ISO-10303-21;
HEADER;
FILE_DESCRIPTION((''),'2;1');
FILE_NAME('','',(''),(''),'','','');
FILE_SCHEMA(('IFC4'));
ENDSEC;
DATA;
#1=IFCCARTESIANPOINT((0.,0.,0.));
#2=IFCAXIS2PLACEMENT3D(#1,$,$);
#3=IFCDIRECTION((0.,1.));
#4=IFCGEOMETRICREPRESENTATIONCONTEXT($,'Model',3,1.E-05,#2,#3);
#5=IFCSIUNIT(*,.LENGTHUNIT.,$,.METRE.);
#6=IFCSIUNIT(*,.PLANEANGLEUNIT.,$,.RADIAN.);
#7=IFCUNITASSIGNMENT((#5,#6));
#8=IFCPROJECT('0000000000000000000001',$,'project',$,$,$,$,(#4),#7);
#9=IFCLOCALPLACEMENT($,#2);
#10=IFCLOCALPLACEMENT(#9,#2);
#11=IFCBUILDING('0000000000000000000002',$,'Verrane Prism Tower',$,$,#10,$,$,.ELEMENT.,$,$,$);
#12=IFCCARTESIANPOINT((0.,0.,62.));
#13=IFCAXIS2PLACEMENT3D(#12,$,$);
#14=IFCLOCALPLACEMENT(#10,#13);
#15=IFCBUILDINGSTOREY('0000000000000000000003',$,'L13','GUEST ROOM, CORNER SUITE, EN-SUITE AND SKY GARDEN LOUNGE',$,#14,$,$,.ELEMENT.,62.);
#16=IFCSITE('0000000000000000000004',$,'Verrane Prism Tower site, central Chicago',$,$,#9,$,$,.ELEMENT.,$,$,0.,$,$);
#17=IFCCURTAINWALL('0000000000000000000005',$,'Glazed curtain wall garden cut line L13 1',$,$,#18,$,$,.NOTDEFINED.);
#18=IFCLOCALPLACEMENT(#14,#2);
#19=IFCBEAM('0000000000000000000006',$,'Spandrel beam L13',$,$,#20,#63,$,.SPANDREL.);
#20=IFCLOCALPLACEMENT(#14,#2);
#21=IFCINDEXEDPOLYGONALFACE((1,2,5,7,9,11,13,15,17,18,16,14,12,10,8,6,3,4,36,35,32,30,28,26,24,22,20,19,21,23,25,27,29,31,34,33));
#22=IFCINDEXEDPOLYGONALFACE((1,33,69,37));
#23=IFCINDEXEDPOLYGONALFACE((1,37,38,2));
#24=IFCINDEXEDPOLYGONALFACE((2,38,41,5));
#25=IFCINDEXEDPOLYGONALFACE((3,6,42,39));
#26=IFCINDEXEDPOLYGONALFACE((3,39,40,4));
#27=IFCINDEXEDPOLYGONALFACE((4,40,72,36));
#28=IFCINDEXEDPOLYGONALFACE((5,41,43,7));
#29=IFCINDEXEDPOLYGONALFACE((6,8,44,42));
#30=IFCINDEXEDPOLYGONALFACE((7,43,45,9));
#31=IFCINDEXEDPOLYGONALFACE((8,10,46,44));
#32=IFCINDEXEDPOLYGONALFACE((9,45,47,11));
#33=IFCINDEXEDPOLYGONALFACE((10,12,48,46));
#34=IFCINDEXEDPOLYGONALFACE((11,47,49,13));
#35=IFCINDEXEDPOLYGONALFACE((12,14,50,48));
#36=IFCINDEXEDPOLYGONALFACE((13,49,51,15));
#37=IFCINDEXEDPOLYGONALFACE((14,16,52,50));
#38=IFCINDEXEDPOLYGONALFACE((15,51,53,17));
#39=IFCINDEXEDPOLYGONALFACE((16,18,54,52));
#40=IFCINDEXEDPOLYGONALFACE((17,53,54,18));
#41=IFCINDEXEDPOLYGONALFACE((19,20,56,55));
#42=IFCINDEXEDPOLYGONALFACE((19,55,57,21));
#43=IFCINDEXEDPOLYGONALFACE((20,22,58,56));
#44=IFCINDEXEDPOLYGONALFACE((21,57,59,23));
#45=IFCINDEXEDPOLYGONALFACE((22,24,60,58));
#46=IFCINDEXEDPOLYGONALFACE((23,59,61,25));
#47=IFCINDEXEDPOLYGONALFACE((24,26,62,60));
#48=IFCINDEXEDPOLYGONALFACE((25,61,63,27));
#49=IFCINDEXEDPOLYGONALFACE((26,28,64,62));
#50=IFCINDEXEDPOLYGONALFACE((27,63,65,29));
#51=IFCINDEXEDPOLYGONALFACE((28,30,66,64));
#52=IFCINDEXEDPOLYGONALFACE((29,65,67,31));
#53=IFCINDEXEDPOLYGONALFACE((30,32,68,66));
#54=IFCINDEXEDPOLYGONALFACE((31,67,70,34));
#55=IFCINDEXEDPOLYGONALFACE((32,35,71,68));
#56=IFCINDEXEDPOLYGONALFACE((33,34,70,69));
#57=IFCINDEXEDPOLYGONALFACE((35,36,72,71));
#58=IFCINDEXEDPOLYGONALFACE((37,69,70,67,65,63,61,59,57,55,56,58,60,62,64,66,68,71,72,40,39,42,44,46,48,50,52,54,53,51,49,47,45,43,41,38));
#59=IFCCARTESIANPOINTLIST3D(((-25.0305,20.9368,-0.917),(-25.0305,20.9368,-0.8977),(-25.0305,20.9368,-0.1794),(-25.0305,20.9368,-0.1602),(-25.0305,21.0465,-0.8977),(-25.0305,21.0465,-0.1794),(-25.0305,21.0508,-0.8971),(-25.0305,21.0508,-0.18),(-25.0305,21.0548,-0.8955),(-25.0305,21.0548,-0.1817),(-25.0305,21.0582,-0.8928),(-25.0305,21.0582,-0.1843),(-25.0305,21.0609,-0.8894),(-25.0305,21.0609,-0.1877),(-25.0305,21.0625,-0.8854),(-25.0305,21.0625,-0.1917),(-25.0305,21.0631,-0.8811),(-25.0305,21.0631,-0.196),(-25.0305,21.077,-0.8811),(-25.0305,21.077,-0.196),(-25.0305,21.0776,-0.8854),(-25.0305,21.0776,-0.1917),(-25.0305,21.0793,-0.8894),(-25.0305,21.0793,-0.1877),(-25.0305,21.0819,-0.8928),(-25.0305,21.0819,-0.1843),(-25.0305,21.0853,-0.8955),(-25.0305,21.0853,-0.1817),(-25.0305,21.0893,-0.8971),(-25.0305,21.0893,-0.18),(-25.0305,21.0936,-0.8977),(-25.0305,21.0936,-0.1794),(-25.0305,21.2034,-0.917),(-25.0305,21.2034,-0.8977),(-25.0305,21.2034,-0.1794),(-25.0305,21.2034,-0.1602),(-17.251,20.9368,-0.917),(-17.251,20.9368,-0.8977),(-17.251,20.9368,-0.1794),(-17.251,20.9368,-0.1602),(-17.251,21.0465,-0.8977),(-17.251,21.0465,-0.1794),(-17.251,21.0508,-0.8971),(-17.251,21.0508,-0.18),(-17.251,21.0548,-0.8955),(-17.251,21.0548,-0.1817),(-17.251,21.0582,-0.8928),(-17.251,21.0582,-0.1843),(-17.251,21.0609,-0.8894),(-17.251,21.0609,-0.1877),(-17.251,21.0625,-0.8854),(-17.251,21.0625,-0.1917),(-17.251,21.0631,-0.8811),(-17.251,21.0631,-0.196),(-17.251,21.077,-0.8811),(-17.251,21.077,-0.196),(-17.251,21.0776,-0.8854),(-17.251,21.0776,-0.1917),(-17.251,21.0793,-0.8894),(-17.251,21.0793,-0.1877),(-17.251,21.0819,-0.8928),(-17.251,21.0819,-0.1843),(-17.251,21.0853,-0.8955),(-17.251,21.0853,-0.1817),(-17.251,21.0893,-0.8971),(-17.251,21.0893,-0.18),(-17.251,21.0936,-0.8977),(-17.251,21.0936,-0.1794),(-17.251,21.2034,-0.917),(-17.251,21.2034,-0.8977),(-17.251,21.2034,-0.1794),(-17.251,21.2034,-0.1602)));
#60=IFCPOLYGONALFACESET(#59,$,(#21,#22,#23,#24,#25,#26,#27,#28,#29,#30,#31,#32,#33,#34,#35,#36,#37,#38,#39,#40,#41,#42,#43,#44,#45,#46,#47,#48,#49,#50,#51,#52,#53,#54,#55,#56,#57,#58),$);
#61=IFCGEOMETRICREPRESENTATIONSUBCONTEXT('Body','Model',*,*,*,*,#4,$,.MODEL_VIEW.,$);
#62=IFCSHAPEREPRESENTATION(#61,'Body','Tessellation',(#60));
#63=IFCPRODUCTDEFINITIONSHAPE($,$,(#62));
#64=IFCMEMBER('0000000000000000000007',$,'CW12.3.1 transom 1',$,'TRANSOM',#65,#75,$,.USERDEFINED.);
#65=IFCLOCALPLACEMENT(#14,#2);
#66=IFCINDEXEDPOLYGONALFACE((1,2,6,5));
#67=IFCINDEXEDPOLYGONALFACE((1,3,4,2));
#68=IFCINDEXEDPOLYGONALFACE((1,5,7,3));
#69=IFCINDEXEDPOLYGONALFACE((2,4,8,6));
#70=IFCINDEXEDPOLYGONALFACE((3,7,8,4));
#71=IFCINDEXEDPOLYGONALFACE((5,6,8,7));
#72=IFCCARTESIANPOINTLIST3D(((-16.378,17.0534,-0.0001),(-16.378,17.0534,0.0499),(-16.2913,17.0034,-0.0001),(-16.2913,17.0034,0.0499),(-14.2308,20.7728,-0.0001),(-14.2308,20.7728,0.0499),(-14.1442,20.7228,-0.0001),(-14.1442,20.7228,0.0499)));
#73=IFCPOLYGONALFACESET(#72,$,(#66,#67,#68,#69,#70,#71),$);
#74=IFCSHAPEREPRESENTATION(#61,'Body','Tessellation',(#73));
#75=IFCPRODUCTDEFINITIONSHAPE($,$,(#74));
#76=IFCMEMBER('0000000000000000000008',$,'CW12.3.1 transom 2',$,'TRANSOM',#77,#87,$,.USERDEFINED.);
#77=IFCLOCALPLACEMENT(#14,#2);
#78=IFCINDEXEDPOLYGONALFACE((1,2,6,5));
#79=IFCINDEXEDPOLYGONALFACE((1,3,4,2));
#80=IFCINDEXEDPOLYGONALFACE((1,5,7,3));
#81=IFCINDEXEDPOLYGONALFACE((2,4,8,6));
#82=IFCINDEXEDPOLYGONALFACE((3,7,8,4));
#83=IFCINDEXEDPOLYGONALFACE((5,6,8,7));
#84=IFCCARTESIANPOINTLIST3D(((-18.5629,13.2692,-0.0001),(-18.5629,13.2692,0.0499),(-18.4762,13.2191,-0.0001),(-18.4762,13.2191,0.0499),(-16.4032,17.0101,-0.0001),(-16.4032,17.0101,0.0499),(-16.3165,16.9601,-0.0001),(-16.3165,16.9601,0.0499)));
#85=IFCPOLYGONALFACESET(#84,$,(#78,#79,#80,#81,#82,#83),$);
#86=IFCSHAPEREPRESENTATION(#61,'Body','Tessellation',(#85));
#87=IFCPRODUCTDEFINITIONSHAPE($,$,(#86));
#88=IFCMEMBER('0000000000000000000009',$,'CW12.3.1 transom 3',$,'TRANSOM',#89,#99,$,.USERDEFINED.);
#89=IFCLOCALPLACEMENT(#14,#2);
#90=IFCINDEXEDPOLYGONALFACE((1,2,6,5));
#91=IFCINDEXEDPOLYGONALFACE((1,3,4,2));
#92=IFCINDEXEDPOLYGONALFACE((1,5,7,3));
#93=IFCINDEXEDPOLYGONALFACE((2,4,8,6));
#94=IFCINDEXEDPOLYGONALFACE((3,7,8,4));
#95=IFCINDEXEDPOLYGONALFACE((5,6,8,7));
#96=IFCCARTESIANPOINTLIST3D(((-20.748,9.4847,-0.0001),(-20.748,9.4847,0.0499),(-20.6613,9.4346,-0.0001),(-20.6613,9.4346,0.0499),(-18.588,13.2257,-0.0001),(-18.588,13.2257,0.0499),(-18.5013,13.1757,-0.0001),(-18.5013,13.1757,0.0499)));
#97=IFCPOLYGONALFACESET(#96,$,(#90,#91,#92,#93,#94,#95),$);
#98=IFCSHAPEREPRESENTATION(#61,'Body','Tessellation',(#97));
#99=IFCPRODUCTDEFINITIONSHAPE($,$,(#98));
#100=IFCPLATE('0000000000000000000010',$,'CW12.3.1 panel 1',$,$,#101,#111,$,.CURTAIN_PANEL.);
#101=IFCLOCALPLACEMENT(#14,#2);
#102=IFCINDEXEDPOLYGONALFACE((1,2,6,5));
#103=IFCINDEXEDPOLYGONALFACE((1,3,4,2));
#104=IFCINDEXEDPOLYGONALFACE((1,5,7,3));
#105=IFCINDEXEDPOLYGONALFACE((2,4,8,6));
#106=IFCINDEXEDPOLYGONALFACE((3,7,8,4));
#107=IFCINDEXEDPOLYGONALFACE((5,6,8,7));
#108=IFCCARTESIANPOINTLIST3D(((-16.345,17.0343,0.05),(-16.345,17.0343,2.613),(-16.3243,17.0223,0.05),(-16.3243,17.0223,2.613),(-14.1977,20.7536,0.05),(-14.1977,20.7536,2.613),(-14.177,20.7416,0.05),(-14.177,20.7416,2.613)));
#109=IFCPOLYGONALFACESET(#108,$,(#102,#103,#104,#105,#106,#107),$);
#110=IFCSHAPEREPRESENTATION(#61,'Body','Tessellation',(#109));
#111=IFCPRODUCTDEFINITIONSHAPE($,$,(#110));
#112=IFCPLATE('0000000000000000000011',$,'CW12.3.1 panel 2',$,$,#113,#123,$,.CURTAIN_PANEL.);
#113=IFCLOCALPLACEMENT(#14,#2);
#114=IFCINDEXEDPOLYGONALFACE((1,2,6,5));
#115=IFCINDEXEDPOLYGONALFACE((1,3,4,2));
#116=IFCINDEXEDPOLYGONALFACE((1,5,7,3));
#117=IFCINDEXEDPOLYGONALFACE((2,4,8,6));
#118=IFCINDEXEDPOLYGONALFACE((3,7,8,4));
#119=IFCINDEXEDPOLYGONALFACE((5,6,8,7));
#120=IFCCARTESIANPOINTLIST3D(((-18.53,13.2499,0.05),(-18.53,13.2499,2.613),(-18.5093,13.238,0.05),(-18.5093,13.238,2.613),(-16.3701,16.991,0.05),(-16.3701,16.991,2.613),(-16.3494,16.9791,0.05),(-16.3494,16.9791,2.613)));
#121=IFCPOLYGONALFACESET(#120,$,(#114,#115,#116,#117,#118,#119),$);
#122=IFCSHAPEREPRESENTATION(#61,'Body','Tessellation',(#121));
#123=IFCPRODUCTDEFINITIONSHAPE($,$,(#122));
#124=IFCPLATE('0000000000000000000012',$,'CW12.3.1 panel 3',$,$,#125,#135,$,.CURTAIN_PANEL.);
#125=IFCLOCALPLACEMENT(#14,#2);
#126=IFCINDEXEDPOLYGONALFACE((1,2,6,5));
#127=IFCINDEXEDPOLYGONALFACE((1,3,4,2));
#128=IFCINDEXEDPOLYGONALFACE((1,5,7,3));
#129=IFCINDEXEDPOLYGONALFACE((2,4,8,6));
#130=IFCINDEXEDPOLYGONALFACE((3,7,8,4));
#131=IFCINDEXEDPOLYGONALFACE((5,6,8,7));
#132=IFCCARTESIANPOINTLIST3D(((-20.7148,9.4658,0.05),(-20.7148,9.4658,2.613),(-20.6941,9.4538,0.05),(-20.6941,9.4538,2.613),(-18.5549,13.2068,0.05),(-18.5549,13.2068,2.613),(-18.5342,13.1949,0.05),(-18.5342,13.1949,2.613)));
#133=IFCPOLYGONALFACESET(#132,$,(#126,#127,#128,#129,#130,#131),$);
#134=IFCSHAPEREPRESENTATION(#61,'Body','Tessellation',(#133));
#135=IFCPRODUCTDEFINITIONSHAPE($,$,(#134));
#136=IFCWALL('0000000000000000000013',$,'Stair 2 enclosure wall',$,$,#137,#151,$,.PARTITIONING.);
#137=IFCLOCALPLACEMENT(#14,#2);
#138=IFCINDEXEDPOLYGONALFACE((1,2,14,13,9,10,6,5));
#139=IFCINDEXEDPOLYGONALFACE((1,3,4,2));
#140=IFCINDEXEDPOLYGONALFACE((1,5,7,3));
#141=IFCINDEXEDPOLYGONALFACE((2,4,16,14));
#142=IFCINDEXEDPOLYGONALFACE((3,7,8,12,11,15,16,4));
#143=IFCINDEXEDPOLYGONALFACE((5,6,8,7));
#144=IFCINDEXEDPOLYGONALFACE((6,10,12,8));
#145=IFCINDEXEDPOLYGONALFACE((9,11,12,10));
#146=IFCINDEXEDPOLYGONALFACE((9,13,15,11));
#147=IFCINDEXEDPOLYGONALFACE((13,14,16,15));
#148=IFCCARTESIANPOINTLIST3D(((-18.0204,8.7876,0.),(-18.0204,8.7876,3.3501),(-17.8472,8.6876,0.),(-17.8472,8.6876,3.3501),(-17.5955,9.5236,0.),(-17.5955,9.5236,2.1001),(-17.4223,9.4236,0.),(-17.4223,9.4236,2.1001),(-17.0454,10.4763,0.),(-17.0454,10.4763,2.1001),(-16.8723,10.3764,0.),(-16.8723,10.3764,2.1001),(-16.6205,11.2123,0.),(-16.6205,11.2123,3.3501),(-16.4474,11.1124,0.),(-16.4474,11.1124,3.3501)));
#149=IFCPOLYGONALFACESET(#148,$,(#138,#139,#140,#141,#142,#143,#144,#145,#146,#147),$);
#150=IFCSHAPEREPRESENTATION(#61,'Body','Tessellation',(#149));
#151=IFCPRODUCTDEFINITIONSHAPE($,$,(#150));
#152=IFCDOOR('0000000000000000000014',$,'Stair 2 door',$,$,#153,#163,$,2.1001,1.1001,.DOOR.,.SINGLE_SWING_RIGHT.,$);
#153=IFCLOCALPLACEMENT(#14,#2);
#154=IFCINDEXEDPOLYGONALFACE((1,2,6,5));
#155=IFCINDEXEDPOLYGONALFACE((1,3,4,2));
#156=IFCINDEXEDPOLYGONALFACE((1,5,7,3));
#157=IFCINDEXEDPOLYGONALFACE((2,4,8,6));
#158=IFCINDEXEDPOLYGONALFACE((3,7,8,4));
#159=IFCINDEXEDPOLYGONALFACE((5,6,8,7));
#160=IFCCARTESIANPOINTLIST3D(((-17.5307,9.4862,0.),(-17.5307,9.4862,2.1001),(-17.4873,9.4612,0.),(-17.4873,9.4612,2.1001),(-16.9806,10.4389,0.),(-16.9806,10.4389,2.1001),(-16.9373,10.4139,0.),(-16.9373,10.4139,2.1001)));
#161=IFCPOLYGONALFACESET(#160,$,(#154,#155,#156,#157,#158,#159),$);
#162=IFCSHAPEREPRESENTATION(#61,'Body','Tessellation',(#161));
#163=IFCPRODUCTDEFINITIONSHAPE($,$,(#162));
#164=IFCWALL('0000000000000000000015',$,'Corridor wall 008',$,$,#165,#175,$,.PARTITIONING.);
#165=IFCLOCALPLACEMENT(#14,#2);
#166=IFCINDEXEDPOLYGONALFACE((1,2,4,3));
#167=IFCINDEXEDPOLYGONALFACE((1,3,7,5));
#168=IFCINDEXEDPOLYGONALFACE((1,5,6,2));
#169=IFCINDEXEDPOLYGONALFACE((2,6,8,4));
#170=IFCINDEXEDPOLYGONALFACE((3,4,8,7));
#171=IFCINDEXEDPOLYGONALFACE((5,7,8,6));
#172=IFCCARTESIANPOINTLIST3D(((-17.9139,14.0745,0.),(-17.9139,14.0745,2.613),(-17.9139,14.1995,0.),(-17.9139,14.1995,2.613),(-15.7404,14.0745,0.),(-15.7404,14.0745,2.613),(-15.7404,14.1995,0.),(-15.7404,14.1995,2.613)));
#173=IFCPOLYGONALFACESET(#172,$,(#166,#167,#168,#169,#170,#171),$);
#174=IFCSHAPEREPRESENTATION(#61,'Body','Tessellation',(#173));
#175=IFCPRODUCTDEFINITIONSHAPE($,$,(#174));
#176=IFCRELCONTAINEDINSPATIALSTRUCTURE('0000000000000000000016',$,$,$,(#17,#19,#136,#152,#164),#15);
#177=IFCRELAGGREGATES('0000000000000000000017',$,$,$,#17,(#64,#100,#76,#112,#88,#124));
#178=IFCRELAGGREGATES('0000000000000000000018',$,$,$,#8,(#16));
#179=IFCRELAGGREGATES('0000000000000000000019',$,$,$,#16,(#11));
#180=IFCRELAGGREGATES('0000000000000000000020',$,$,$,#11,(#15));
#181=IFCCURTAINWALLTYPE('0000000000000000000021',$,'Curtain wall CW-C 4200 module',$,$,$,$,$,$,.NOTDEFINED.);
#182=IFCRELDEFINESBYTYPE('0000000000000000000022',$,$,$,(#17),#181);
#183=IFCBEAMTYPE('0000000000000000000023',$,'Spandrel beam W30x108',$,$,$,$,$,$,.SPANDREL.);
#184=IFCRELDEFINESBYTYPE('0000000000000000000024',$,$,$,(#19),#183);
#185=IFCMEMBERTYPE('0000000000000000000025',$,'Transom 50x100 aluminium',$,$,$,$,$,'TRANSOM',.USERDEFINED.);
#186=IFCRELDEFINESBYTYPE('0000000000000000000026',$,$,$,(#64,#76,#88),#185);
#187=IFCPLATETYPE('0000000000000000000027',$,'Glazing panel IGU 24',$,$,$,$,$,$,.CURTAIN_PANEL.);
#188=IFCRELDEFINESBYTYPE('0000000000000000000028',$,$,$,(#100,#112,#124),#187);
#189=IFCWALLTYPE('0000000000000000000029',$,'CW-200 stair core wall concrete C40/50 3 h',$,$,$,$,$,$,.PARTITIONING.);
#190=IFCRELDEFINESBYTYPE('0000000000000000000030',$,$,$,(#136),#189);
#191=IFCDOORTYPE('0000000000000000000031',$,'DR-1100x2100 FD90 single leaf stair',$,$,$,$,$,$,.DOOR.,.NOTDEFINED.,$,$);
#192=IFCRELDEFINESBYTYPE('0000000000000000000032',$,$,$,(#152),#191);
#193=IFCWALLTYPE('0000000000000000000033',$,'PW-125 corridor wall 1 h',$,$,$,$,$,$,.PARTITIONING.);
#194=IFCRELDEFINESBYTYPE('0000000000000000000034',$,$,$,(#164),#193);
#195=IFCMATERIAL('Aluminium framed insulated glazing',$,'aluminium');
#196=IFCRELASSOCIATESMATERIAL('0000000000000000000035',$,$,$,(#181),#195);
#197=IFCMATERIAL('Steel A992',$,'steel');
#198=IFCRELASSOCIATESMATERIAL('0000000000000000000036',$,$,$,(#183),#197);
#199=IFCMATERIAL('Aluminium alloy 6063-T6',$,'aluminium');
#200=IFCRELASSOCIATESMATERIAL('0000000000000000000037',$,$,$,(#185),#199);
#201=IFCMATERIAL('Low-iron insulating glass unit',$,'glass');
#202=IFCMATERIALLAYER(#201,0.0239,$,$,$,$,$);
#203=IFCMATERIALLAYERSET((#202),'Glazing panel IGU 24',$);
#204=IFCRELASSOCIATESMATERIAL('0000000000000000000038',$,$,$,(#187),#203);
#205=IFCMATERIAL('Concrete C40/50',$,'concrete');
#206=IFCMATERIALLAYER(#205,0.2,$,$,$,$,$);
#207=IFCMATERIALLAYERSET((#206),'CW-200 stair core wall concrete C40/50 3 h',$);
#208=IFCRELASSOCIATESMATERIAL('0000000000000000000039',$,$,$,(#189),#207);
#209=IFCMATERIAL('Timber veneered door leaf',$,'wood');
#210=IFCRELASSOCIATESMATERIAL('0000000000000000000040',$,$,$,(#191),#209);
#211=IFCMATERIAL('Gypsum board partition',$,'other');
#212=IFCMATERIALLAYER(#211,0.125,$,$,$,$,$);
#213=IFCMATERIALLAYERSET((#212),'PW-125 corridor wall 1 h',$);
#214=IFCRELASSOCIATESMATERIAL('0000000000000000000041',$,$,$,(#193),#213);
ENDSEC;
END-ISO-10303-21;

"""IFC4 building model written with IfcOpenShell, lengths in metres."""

from ifc_helpers import new_model, si_unit, direction, frame, frame_2d, origin, origin_2d, place, context, subcontext, project, spatial, rectangle, i_section, extrude, material, layer, layer_set, material_profile, profile_set, type_object, element, fill, aggregate, save


model = new_model("IFC4")

# Units and contexts
model_context = context("Model", 3, precision=1e-05, world=origin(), true_north=direction((0.0, 1.0)))
body_context = subcontext(model_context, "Body", "Model", "MODEL_VIEW")
ifc_project = project(units=[si_unit("LENGTHUNIT", "METRE"), si_unit("PLANEANGLEUNIT", "RADIAN")], contexts=[model_context])

# Site, building, storey
site_placement = place(None, origin())
site = spatial("IfcSite", under=ifc_project, at=site_placement, Name="Verrane Prism Tower site, central Chicago", CompositionType="ELEMENT", RefElevation=0.0)
building_placement = place(site_placement, origin())
building = spatial("IfcBuilding", under=site, at=building_placement, Name="Verrane Prism Tower", CompositionType="ELEMENT")
storey_placement = place(building_placement, frame((0.0, 0.0, 62.0)))
storey = spatial("IfcBuildingStorey", under=building, at=storey_placement, Name="L13", Description="GUEST ROOM, CORNER SUITE, EN-SUITE AND SKY GARDEN LOUNGE", CompositionType="ELEMENT", Elevation=62.0)

# Curtain wall
ifc_material_1 = material(Name="Aluminium framed insulated glazing", Category="aluminium")
curtain_wall_type = type_object("IfcCurtainWallType", Name="Curtain wall CW-C 4200 module", PredefinedType="NOTDEFINED", material=ifc_material_1)
curtain_wall_placement = place(storey_placement, origin())
curtain_wall = element("IfcCurtainWall", 1, at=curtain_wall_placement, inside=storey, type_object=curtain_wall_type, Name="Glazed curtain wall garden cut line L13 1", PredefinedType="NOTDEFINED")

# Beam
ifc_material_2 = material(Name="Steel A992", Category="steel")
ifc_material_profile_1 = material_profile(ifc_material_2, i_section(OverallWidth=0.2666, OverallDepth=0.7568, WebThickness=0.0139, FlangeThickness=0.0193, FilletRadius=0.0166, at=origin_2d()), Name="W30x108")
ifc_profile_set_1 = profile_set([ifc_material_profile_1], Name="Steel A992")
beam_type_1 = type_object("IfcBeamType", Name="Spandrel beam W30x108", PredefinedType="SPANDREL", material=ifc_profile_set_1)
beam_1_placement = place(storey_placement, frame((-17.251, 21.0701, -0.5386), z_axis=(-1.0, 0.0, 0.0), x_axis=(0.0, -1.0, 0.0)))
element("IfcBeam", 2, at=beam_1_placement, inside=storey, type_object=beam_type_1, Name="Spandrel beam L13", PredefinedType="SPANDREL", context=body_context, shape_type="SweptSolid", body=[
    extrude(i_section(OverallWidth=0.2666, OverallDepth=0.7568, WebThickness=0.0139, FlangeThickness=0.0193, FilletRadius=0.0166, at=origin_2d()), origin(), (0.0, 0.0, 1.0), 7.7795),
])

# Members
ifc_material_3 = material(Name="Aluminium alloy 6063-T6", Category="aluminium")
ifc_material_profile_2 = material_profile(ifc_material_3, rectangle(XDim=0.1001, YDim=0.05, at=origin_2d()), Name="Transom 50x100 aluminium")
ifc_profile_set_2 = profile_set([ifc_material_profile_2], Name="Aluminium alloy 6063-T6")
member_type_1 = type_object("IfcMemberType", Name="Transom 50x100 aluminium", ElementType="TRANSOM", PredefinedType="USERDEFINED", material=ifc_profile_set_2)
member_1_placement = place(storey_placement, frame((-14.1875, 20.7478, 0.0249), z_axis=(-0.49996, -0.866048, 0.0), x_axis=(0.866048, -0.49996, 0.0)))
member_1 = element("IfcMember", 3, at=member_1_placement, type_object=member_type_1, Name="CW12.3.1 transom 1", ObjectType="TRANSOM", PredefinedType="USERDEFINED", context=body_context, shape_type="SweptSolid", body=[
    extrude(rectangle(XDim=0.1001, YDim=0.05, at=origin_2d()), origin(), (0.0, 0.0, 1.0), 4.2947),
])
member_2_placement = place(storey_placement, frame((-16.3599, 16.9851, 0.0249), z_axis=(-0.499969, -0.866043, 0.0), x_axis=(0.866043, -0.499969, 0.0)))
member_2 = element("IfcMember", 4, at=member_2_placement, type_object=member_type_1, Name="CW12.3.1 transom 2", ObjectType="TRANSOM", PredefinedType="USERDEFINED", context=body_context, shape_type="SweptSolid", body=[
    extrude(rectangle(XDim=0.1001, YDim=0.05, at=origin_2d()), origin(), (0.0, 0.0, 1.0), 4.3196),
])
member_3_placement = place(storey_placement, frame((-18.5447, 13.2007, 0.0249), z_axis=(-0.500011, -0.866019, 0.0), x_axis=(0.866019, -0.500011, 0.0)))
member_3 = element("IfcMember", 5, at=member_3_placement, type_object=member_type_1, Name="CW12.3.1 transom 3", ObjectType="TRANSOM", PredefinedType="USERDEFINED", context=body_context, shape_type="SweptSolid", body=[
    extrude(rectangle(XDim=0.1001, YDim=0.05, at=origin_2d()), origin(), (0.0, 0.0, 1.0), 4.3198),
])

# Plates
ifc_material_4 = material(Name="Low-iron insulating glass unit", Category="glass")
ifc_layer_1 = layer(ifc_material_4, 0.0239)
ifc_layer_set_1 = layer_set([ifc_layer_1], Name="Glazing panel IGU 24")
plate_type = type_object("IfcPlateType", Name="Glazing panel IGU 24", PredefinedType="CURTAIN_PANEL", material=ifc_layer_set_1)
plate_1_placement = place(storey_placement, frame((-15.261, 18.8879, 0.05), z_axis=(0.0, 0.0, 1.0), x_axis=(-0.499999, -0.866026, 0.0)))
plate_1 = element("IfcPlate", 6, at=plate_1_placement, type_object=plate_type, Name="CW12.3.1 panel 1", PredefinedType="CURTAIN_PANEL", context=body_context, shape_type="SweptSolid", body=[
    extrude(rectangle(XDim=4.2947, YDim=0.0239, at=origin_2d()), origin(), (0.0, 0.0, 1.0), 2.563),
])
plate_2_placement = place(storey_placement, frame((-17.4397, 15.1145, 0.05), z_axis=(0.0, 0.0, 1.0), x_axis=(-0.499999, -0.866026, 0.0)))
plate_2 = element("IfcPlate", 7, at=plate_2_placement, type_object=plate_type, Name="CW12.3.1 panel 2", PredefinedType="CURTAIN_PANEL", context=body_context, shape_type="SweptSolid", body=[
    extrude(rectangle(XDim=4.3198, YDim=0.0239, at=origin_2d()), origin(), (0.0, 0.0, 1.0), 2.563),
])
plate_3_placement = place(storey_placement, frame((-19.6245, 11.3303, 0.05), z_axis=(0.0, 0.0, 1.0), x_axis=(-0.499999, -0.866026, 0.0)))
plate_3 = element("IfcPlate", 8, at=plate_3_placement, type_object=plate_type, Name="CW12.3.1 panel 3", PredefinedType="CURTAIN_PANEL", context=body_context, shape_type="SweptSolid", body=[
    extrude(rectangle(XDim=4.3198, YDim=0.0239, at=origin_2d()), origin(), (0.0, 0.0, 1.0), 2.563),
])
aggregate(curtain_wall, [member_1, plate_1, member_2, plate_2, member_3, plate_3])

# Wall, opening, door
ifc_material_5 = material(Name="Concrete C40/50", Category="concrete")
ifc_layer_2 = layer(ifc_material_5, 0.2)
ifc_layer_set_2 = layer_set([ifc_layer_2], Name="CW-200 stair core wall concrete C40/50 3 h")
wall_type_1 = type_object("IfcWallType", Name="CW-200 stair core wall concrete C40/50 3 h", PredefinedType="PARTITIONING", material=ifc_layer_set_2)
wall_1_placement = place(storey_placement, frame((-16.5339, 11.1624, 0.0), z_axis=(0.0, 0.0, 1.0), x_axis=(-0.499984, -0.866035, 0.0)))
wall_1 = element("IfcWall", 9, at=wall_1_placement, inside=storey, type_object=wall_type_1, Name="Stair 2 enclosure wall", PredefinedType="PARTITIONING", context=body_context, shape_type="SweptSolid", body=[
    extrude(rectangle(XDim=2.7998, YDim=0.2, at=frame_2d((1.3999, 0.0))), origin(), (0.0, 0.0, 1.0), 3.3501),
])
opening_1_placement = place(wall_1_placement, frame((0.8499, 0.0, 0.0)))
opening_1 = element("IfcOpeningElement", 10, at=opening_1_placement, cuts=wall_1, PredefinedType="OPENING", context=body_context, shape_type="SweptSolid", body=[
    extrude(rectangle(XDim=1.1001, YDim=2.1001, at=frame_2d((0.55, 1.05))), frame((0.0, 0.1099, 0.0), z_axis=(0.0, -1.0, 0.0), x_axis=(1.0, 0.0, 0.0)), (0.0, 0.0, 1.0), 0.22),
])
ifc_material_6 = material(Name="Timber veneered door leaf", Category="wood")
door_type_1 = type_object("IfcDoorType", Name="DR-1100x2100 FD90 single leaf stair", OperationType="NOTDEFINED", PredefinedType="DOOR", material=ifc_material_6)
door_1_placement = place(opening_1_placement, origin())
door_1 = element("IfcDoor", 11, at=door_1_placement, inside=storey, type_object=door_type_1, Name="Stair 2 door", OperationType="SINGLE_SWING_RIGHT", OverallHeight=2.1001, OverallWidth=1.1001, PredefinedType="DOOR", context=body_context, shape_type="SweptSolid", body=[
    extrude(rectangle(XDim=1.1001, YDim=2.1001, at=frame_2d((0.55, 1.05))), frame((0.0, 0.0249, 0.0), z_axis=(0.0, -1.0, 0.0), x_axis=(1.0, 0.0, 0.0)), (0.0, 0.0, 1.0), 0.05),
])
fill(opening_1, door_1)

# Wall
ifc_material_7 = material(Name="Gypsum board partition", Category="other")
ifc_layer_3 = layer(ifc_material_7, 0.125)
ifc_layer_set_3 = layer_set([ifc_layer_3], Name="PW-125 corridor wall 1 h")
wall_type_2 = type_object("IfcWallType", Name="PW-125 corridor wall 1 h", PredefinedType="PARTITIONING", material=ifc_layer_set_3)
wall_2_placement = place(storey_placement, frame((-17.9141, 14.137, 0.0), z_axis=(0.0, 0.0, 1.0), x_axis=(1.0, 0.0, 0.0)))
element("IfcWall", 12, at=wall_2_placement, inside=storey, type_object=wall_type_2, Name="Corridor wall 008", PredefinedType="PARTITIONING", context=body_context, shape_type="SweptSolid", body=[
    extrude(rectangle(XDim=2.1736, YDim=0.125, at=frame_2d((1.0869, 0.0))), origin(), (0.0, 0.0, 1.0), 2.613),
])

save(model, "model.ifc")
